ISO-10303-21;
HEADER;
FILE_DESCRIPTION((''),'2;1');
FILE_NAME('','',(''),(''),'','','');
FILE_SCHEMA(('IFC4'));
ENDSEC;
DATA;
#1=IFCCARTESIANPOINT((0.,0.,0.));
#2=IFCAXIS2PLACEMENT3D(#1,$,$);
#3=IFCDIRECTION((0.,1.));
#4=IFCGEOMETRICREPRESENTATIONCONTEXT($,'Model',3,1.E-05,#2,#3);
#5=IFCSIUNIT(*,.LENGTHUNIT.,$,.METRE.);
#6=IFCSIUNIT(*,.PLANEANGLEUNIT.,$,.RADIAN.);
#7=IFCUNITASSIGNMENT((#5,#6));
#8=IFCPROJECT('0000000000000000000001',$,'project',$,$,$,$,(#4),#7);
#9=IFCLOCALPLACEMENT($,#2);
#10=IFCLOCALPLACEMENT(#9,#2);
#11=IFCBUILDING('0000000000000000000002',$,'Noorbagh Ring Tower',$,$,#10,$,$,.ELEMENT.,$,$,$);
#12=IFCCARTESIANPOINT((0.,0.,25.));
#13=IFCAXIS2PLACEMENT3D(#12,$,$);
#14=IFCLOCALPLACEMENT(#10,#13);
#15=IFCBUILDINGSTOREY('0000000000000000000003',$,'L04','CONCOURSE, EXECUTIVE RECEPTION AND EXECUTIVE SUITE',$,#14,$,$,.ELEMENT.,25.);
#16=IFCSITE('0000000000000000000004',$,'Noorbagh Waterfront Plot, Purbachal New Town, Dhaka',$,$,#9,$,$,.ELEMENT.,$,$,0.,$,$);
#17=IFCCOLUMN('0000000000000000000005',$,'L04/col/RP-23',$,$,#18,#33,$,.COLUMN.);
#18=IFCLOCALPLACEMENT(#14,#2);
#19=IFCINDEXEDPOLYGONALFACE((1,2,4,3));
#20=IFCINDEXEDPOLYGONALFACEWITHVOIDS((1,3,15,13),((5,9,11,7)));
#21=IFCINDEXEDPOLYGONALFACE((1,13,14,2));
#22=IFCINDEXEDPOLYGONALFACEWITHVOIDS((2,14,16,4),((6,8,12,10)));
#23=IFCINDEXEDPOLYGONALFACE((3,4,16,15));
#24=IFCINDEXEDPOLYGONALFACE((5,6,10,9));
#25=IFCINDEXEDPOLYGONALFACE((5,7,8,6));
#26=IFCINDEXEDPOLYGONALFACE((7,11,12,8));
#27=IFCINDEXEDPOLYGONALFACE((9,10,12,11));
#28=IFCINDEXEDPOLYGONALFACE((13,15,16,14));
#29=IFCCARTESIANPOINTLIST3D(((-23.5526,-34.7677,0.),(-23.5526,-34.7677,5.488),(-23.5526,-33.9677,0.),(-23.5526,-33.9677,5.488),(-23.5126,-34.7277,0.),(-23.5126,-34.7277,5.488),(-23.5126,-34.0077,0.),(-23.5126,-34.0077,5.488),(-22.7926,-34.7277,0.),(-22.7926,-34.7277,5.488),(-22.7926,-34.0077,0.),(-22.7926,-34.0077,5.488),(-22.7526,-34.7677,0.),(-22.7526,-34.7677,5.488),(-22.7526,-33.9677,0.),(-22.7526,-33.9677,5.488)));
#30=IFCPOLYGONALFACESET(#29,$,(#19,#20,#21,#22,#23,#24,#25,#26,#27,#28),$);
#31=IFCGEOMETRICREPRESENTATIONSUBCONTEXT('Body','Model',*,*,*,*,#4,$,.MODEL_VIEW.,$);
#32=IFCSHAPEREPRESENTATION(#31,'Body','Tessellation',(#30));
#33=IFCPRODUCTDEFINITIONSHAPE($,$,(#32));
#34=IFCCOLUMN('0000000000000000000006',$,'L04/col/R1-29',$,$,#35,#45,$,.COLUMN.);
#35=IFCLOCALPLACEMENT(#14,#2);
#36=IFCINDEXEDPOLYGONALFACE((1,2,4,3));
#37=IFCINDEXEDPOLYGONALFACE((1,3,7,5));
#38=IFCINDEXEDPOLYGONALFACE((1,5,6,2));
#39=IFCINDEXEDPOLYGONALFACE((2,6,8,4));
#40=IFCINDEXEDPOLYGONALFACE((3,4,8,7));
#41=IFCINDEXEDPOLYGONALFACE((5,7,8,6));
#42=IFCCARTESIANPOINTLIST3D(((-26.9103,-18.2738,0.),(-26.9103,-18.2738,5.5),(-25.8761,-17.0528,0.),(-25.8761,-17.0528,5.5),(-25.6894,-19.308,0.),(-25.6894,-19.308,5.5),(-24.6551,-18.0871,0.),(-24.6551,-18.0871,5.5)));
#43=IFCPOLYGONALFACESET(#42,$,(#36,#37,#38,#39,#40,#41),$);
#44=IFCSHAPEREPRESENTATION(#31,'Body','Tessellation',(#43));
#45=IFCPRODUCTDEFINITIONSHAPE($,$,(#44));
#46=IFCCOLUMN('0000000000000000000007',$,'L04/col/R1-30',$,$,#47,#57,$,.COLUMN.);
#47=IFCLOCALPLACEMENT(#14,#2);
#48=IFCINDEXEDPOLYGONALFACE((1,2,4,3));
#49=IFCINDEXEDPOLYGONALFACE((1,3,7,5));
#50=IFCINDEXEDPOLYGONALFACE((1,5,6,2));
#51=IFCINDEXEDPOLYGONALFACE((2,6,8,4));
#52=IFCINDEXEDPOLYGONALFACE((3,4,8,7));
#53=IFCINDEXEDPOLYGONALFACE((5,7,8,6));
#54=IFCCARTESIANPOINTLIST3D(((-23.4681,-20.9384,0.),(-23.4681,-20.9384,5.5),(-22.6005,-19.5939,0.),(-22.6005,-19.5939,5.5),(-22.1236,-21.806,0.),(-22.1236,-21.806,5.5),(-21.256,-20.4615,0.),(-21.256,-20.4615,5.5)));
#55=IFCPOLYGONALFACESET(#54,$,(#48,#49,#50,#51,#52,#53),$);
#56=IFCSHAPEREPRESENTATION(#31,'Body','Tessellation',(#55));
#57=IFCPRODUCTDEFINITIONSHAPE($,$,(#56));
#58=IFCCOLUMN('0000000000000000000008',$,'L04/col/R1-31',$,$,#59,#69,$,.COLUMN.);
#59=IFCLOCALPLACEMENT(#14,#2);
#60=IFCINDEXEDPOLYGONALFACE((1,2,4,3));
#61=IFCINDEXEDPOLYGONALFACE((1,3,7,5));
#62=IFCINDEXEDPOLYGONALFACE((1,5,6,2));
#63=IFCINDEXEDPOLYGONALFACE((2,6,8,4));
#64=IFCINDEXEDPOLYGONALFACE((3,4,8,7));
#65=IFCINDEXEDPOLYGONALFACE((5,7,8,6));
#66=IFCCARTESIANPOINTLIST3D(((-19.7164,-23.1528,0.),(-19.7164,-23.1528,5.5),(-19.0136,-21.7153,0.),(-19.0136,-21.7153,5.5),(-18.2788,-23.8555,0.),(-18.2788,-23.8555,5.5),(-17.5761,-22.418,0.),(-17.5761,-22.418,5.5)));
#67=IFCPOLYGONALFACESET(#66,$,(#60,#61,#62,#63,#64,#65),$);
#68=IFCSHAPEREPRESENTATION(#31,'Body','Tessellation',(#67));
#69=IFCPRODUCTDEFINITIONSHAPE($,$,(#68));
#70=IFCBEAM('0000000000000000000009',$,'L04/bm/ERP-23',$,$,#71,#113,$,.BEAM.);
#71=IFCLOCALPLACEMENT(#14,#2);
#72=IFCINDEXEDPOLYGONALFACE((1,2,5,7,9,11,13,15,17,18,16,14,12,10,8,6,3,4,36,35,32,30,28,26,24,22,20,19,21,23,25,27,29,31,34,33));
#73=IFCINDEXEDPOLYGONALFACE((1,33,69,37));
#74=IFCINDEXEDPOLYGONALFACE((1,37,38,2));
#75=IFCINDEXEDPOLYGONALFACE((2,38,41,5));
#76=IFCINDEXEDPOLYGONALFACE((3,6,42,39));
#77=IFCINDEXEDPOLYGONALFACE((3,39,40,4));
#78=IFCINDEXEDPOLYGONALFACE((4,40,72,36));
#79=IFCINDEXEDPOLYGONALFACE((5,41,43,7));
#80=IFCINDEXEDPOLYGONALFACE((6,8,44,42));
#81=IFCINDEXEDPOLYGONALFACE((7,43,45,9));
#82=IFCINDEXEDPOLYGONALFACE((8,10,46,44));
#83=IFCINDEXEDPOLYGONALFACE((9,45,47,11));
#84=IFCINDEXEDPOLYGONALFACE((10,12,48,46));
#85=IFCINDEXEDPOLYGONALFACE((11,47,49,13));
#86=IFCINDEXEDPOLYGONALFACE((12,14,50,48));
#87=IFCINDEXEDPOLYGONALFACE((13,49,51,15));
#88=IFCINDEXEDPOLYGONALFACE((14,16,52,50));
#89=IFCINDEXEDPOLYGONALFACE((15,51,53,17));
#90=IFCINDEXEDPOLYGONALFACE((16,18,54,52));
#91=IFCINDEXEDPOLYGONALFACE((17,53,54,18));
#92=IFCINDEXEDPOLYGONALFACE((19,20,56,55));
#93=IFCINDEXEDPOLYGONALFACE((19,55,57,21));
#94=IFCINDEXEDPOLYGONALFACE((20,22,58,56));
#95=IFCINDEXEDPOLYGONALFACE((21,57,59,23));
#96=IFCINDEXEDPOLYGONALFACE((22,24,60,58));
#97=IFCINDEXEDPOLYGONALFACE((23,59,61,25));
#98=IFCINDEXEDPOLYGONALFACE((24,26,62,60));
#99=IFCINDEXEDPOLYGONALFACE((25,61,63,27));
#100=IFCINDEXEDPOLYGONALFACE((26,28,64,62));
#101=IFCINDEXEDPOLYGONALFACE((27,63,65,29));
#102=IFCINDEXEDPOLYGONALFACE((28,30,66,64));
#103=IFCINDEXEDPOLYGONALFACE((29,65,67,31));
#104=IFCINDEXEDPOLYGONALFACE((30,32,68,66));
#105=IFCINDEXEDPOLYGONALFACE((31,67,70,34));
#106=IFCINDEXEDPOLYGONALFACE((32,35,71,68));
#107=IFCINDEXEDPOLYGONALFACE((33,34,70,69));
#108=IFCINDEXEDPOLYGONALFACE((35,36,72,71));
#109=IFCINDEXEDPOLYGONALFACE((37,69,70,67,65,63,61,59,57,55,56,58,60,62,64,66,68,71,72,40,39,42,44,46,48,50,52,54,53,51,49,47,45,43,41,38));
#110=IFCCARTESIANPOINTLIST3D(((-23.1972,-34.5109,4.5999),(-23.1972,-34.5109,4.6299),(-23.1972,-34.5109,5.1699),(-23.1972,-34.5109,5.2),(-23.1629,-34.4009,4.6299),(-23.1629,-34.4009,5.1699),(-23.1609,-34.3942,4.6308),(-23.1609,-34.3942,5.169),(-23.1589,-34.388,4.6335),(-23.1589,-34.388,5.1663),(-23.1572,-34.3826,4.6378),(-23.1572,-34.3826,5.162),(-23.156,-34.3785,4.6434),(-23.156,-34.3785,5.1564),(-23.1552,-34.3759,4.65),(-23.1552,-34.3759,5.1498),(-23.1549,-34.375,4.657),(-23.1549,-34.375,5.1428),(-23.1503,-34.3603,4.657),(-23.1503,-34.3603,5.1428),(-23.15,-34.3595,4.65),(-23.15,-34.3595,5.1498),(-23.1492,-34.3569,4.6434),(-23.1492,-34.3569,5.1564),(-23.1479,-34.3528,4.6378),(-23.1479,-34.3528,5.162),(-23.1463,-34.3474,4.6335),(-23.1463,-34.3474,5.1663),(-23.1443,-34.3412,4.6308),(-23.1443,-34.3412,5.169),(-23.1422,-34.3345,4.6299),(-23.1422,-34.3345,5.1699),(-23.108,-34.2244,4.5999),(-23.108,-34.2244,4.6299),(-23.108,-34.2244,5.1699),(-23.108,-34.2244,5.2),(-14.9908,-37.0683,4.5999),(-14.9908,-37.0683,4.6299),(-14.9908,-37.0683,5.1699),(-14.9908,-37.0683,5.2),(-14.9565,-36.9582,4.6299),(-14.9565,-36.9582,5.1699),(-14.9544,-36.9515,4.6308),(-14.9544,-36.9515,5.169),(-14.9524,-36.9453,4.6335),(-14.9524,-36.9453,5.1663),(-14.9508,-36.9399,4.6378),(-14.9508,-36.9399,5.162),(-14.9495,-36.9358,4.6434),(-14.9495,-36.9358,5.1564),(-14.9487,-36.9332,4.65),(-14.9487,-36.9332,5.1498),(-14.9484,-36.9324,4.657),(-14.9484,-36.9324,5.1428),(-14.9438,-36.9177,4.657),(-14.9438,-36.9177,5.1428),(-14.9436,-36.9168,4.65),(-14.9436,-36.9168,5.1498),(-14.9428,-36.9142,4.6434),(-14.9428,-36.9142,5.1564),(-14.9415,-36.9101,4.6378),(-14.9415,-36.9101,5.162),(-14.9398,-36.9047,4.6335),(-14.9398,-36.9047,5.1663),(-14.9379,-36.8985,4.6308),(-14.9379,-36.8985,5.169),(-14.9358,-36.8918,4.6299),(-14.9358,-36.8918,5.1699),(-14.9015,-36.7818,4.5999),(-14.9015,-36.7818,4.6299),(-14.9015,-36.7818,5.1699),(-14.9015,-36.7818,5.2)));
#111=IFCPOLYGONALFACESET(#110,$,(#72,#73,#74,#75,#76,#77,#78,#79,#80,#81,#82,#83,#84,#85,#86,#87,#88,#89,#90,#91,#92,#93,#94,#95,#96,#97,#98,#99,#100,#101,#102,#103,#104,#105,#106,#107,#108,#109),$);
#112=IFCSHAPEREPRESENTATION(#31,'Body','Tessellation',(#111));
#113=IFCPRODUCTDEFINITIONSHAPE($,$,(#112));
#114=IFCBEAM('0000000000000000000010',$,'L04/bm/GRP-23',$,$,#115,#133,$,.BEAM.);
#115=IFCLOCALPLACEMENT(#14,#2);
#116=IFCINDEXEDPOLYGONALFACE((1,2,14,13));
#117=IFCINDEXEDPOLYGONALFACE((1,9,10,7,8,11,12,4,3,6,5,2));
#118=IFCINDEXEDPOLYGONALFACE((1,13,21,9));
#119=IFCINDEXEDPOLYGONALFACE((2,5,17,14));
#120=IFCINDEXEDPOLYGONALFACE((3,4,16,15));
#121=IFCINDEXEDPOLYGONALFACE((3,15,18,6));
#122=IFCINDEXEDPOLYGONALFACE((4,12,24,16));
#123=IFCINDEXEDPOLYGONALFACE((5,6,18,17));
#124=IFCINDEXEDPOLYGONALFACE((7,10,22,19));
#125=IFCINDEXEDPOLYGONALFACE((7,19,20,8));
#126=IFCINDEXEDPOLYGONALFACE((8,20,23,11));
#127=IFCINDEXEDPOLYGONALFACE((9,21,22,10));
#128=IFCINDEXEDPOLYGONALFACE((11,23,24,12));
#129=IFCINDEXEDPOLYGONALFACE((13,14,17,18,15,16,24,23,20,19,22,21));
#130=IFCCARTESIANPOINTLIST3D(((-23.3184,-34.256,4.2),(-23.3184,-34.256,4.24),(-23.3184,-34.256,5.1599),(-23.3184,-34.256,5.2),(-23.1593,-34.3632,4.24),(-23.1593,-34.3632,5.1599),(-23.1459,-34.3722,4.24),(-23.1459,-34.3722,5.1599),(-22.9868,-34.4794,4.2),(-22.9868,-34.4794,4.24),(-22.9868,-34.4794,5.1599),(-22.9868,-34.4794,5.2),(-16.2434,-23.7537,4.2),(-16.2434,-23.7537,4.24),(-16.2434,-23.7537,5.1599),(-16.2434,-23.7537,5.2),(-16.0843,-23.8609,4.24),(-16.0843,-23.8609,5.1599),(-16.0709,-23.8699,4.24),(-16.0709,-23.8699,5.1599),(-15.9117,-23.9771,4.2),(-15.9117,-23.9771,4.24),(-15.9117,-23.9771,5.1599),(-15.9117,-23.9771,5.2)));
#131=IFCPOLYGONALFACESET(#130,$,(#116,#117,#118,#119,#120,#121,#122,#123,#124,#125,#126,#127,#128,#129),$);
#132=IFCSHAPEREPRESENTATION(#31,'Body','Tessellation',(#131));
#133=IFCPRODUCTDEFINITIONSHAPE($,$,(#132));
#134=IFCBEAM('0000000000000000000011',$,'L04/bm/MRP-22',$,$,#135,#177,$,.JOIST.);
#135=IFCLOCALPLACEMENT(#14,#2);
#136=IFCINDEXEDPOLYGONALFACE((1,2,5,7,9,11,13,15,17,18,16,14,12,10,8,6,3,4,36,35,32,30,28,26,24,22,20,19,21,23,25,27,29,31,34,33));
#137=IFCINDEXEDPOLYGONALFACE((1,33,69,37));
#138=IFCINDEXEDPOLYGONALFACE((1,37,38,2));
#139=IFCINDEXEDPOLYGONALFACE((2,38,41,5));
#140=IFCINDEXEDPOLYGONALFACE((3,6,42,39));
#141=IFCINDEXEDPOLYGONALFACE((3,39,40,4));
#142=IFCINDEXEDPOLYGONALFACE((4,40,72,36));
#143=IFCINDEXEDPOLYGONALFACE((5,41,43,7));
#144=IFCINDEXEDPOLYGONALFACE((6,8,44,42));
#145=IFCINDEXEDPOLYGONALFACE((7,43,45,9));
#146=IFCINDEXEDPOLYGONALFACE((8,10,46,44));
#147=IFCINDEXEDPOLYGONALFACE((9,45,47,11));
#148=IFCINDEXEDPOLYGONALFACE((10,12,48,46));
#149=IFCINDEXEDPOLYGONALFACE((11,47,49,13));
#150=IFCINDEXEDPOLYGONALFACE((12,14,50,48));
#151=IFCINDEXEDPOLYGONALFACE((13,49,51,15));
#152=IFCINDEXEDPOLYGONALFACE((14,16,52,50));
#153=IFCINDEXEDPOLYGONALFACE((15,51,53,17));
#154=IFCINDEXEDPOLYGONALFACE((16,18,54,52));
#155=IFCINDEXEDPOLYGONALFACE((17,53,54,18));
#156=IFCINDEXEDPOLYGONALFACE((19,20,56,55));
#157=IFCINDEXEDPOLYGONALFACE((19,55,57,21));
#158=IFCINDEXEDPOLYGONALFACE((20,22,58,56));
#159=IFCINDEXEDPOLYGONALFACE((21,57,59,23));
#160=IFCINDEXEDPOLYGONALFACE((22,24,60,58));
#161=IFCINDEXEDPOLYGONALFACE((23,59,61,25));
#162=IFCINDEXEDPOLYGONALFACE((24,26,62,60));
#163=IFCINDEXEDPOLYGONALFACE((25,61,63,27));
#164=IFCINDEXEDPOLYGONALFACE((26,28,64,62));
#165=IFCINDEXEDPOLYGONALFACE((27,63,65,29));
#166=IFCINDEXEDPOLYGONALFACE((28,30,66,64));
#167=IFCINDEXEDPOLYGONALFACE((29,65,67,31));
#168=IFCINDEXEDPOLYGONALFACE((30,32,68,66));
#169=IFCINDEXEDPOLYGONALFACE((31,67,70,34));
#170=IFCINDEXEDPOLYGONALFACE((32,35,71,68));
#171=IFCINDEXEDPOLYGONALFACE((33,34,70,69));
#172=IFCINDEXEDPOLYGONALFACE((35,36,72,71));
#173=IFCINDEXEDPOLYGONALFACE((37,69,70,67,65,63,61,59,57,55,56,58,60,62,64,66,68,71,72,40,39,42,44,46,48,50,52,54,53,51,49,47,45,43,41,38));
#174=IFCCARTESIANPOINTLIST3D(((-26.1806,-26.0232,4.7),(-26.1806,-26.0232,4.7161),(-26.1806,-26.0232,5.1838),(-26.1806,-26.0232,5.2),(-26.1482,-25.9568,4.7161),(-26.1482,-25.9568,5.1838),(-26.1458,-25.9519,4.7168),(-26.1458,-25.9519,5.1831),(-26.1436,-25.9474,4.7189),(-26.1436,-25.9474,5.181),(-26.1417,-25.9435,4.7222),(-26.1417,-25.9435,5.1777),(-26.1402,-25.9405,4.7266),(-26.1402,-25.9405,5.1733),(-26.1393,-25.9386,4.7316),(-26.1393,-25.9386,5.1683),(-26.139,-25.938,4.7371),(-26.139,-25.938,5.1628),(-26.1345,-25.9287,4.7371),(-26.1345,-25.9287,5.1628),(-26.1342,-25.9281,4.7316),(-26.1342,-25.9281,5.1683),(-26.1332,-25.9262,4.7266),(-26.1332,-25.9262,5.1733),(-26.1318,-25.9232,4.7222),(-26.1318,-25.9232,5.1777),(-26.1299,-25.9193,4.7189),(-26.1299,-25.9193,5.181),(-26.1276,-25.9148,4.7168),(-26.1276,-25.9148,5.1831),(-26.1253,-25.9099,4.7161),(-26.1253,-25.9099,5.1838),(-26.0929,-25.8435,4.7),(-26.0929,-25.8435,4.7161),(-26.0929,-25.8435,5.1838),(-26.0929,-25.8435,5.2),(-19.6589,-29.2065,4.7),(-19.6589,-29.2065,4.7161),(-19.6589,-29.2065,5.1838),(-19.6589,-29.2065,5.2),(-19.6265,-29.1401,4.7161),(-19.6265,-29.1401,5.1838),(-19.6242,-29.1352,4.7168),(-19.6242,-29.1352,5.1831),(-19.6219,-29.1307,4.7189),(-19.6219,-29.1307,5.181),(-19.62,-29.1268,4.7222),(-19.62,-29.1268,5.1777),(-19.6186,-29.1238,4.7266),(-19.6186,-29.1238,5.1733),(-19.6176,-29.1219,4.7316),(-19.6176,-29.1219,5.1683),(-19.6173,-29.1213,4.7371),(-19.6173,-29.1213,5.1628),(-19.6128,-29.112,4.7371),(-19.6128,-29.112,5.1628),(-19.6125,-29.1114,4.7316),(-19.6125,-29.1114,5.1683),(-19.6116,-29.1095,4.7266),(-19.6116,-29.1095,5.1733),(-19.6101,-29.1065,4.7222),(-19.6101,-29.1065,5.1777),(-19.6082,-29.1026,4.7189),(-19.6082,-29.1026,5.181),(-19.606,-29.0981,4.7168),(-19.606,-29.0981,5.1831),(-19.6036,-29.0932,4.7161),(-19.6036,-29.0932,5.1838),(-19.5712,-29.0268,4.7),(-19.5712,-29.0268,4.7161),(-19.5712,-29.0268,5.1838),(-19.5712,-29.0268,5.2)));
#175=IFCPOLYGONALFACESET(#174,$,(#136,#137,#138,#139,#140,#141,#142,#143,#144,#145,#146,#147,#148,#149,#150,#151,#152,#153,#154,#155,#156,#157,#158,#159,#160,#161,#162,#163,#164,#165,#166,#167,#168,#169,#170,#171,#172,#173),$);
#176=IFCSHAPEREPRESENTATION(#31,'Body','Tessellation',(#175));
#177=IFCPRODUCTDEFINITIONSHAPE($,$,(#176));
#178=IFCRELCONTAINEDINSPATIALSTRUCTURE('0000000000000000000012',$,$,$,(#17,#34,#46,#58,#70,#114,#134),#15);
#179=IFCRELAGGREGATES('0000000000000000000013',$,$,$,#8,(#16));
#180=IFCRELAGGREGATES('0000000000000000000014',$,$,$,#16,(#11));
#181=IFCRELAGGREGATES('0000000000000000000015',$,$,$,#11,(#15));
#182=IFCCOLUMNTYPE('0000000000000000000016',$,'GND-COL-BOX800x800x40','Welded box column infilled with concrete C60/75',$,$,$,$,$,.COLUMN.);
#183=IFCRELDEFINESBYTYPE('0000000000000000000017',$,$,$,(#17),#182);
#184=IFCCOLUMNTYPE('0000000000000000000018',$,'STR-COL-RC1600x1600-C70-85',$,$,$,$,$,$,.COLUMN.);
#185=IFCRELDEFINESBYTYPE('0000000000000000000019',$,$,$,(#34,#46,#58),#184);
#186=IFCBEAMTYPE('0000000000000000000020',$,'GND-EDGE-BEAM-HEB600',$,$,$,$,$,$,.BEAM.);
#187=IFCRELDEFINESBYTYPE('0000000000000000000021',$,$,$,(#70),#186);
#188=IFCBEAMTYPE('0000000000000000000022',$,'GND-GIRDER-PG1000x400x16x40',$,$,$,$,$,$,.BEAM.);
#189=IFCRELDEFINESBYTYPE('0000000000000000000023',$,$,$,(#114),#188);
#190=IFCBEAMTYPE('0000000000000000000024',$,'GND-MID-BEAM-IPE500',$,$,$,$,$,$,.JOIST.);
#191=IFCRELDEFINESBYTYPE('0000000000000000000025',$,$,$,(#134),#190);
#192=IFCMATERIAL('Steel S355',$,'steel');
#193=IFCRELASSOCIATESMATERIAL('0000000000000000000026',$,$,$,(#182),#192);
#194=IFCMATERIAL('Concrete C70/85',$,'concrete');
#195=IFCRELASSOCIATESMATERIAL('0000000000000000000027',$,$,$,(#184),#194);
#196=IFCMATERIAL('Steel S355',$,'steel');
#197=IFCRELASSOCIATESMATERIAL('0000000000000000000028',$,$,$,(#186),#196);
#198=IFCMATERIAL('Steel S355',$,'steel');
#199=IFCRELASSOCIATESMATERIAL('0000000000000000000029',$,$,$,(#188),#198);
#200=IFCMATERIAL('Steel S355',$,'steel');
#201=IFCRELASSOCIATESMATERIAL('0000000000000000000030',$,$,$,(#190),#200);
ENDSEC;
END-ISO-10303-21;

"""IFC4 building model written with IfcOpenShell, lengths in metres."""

from ifc_helpers import new_model, si_unit, direction, frame, origin, origin_2d, place, context, subcontext, project, spatial, rectangle, hollow_rectangle, i_section, extrude, material, material_profile, profile_set, type_object, element, save


model = new_model("IFC4")

# Units and contexts
model_context = context("Model", 3, precision=1e-05, world=origin(), true_north=direction((0.0, 1.0)))
body_context = subcontext(model_context, "Body", "Model", "MODEL_VIEW")
ifc_project = project(units=[si_unit("LENGTHUNIT", "METRE"), si_unit("PLANEANGLEUNIT", "RADIAN")], contexts=[model_context])

# Site, building, storey
site_placement = place(None, origin())
site = spatial("IfcSite", under=ifc_project, at=site_placement, Name="Noorbagh Waterfront Plot, Purbachal New Town, Dhaka", CompositionType="ELEMENT", RefElevation=0.0)
building_placement = place(site_placement, origin())
building = spatial("IfcBuilding", under=site, at=building_placement, Name="Noorbagh Ring Tower", CompositionType="ELEMENT")
storey_placement = place(building_placement, frame((0.0, 0.0, 25.0)))
storey = spatial("IfcBuildingStorey", under=building, at=storey_placement, Name="L04", Description="CONCOURSE, EXECUTIVE RECEPTION AND EXECUTIVE SUITE", CompositionType="ELEMENT", Elevation=25.0)

# Columns
ifc_material_1 = material(Name="Steel S355", Category="steel")
ifc_material_profile_1 = material_profile(ifc_material_1, hollow_rectangle(XDim=0.8, YDim=0.8, WallThickness=0.04, at=origin_2d()), Name="BOX800x800x40")
ifc_profile_set_1 = profile_set([ifc_material_profile_1], Name="Steel S355")
column_type_1 = type_object("IfcColumnType", Name="GND-COL-BOX800x800x40", Description="Welded box column infilled with concrete C60/75", PredefinedType="COLUMN", material=ifc_profile_set_1)
column_placement = place(storey_placement, frame((-23.1526, -34.3677, 0.0), z_axis=(0.0, 0.0, 1.0), x_axis=(1.0, 0.0, 0.0)))
element("IfcColumn", 1, at=column_placement, inside=storey, type_object=column_type_1, Name="L04/col/RP-23", PredefinedType="COLUMN", context=body_context, shape_type="SweptSolid", body=[
    extrude(hollow_rectangle(XDim=0.8, YDim=0.8, WallThickness=0.04, at=origin_2d()), origin(), (0.0, 0.0, 1.0), 5.488),
])
ifc_material_2 = material(Name="Concrete C70/85", Category="concrete")
ifc_material_profile_2 = material_profile(ifc_material_2, rectangle(XDim=1.6001, YDim=1.6001, at=origin_2d()), Name="RC1600x1600")
ifc_profile_set_2 = profile_set([ifc_material_profile_2], Name="Concrete C70/85")
column_type_2 = type_object("IfcColumnType", Name="STR-COL-RC1600x1600-C70-85", PredefinedType="COLUMN", material=ifc_profile_set_2)
for number, where, z_axis, x_axis, name in (
    (2, (-25.7827, -18.1804, 0.0), (0.0, 0.0, 1.0), (0.763035, -0.646357, 0.0), "L04/col/R1-29"),
    (3, (-22.3621, -20.7, 0.0), (0.0, 0.0, 1.0), (0.840248, -0.542203, 0.0), "L04/col/R1-30"),
    (4, (-18.6462, -22.7854, 0.0), (0.0, 0.0, 1.0), (0.898399, -0.43918, 0.0), "L04/col/R1-31"),
):
    element("IfcColumn", number, at=place(storey_placement, frame(where, z_axis=z_axis, x_axis=x_axis)), inside=storey, type_object=column_type_2, Name=name, PredefinedType="COLUMN", context=body_context, shape_type="SweptSolid", body=[
        extrude(rectangle(XDim=1.6001, YDim=1.6001, at=origin_2d()), origin(), (0.0, 0.0, 1.0), 5.5),
    ])

# Beams
ifc_material_3 = material(Name="Steel S355", Category="steel")
ifc_material_profile_3 = material_profile(ifc_material_3, i_section(OverallWidth=0.3, OverallDepth=0.6001, WebThickness=0.0154, FlangeThickness=0.03, FilletRadius=0.0271, at=origin_2d()), Name="HEB600")
ifc_profile_set_3 = profile_set([ifc_material_profile_3], Name="Steel S355")
beam_type_1 = type_object("IfcBeamType", Name="GND-EDGE-BEAM-HEB600", PredefinedType="BEAM", material=ifc_profile_set_3)
beam_1_placement = place(storey_placement, frame((-23.1526, -34.3677, 4.8999), z_axis=(0.954717, -0.297515, 0.0), x_axis=(0.297515, 0.954717, 0.0)))
element("IfcBeam", 5, at=beam_1_placement, inside=storey, type_object=beam_type_1, Name="L04/bm/ERP-23", PredefinedType="BEAM", context=body_context, shape_type="SweptSolid", body=[
    extrude(i_section(OverallWidth=0.3, OverallDepth=0.6001, WebThickness=0.0154, FlangeThickness=0.03, FilletRadius=0.0271, at=origin_2d()), origin(), (0.0, 0.0, 1.0), 8.5957),
])
ifc_material_4 = material(Name="Steel S355", Category="steel")
ifc_material_profile_4 = material_profile(ifc_material_4, i_section(OverallWidth=0.3999, OverallDepth=1.0, WebThickness=0.0161, FlangeThickness=0.04, at=origin_2d()), Name="PG1000x400x16x40")
ifc_profile_set_4 = profile_set([ifc_material_profile_4], Name="Steel S355")
beam_type_2 = type_object("IfcBeamType", Name="GND-GIRDER-PG1000x400x16x40", PredefinedType="BEAM", material=ifc_profile_set_4)
beam_2_placement = place(storey_placement, frame((-23.1526, -34.3677, 4.7), z_axis=(0.558711, 0.829362, 0.0), x_axis=(-0.829362, 0.558711, 0.0)))
element("IfcBeam", 6, at=beam_2_placement, inside=storey, type_object=beam_type_2, Name="L04/bm/GRP-23", PredefinedType="BEAM", context=body_context, shape_type="SweptSolid", body=[
    extrude(i_section(OverallWidth=0.3999, OverallDepth=1.0, WebThickness=0.0161, FlangeThickness=0.04, at=origin_2d()), origin(), (0.0, 0.0, 1.0), 12.6631),
])
ifc_material_5 = material(Name="Steel S355", Category="steel")
ifc_material_profile_5 = material_profile(ifc_material_5, i_section(OverallWidth=0.2, OverallDepth=0.5, WebThickness=0.0103, FlangeThickness=0.0161, FilletRadius=0.021, at=origin_2d()), Name="IPE500")
ifc_profile_set_5 = profile_set([ifc_material_profile_5], Name="Steel S355")
beam_type_3 = type_object("IfcBeamType", Name="GND-MID-BEAM-IPE500", PredefinedType="JOIST", material=ifc_profile_set_5)
beam_3_placement = place(storey_placement, frame((-26.1367, -25.9333, 4.95), z_axis=(0.898659, -0.438648, 0.0), x_axis=(0.438648, 0.898659, 0.0)))
element("IfcBeam", 7, at=beam_3_placement, inside=storey, type_object=beam_type_3, Name="L04/bm/MRP-22", PredefinedType="JOIST", context=body_context, shape_type="SweptSolid", body=[
    extrude(i_section(OverallWidth=0.2, OverallDepth=0.5, WebThickness=0.0103, FlangeThickness=0.0161, FilletRadius=0.021, at=origin_2d()), origin(), (0.0, 0.0, 1.0), 7.2571),
])

save(model, "model.ifc")
